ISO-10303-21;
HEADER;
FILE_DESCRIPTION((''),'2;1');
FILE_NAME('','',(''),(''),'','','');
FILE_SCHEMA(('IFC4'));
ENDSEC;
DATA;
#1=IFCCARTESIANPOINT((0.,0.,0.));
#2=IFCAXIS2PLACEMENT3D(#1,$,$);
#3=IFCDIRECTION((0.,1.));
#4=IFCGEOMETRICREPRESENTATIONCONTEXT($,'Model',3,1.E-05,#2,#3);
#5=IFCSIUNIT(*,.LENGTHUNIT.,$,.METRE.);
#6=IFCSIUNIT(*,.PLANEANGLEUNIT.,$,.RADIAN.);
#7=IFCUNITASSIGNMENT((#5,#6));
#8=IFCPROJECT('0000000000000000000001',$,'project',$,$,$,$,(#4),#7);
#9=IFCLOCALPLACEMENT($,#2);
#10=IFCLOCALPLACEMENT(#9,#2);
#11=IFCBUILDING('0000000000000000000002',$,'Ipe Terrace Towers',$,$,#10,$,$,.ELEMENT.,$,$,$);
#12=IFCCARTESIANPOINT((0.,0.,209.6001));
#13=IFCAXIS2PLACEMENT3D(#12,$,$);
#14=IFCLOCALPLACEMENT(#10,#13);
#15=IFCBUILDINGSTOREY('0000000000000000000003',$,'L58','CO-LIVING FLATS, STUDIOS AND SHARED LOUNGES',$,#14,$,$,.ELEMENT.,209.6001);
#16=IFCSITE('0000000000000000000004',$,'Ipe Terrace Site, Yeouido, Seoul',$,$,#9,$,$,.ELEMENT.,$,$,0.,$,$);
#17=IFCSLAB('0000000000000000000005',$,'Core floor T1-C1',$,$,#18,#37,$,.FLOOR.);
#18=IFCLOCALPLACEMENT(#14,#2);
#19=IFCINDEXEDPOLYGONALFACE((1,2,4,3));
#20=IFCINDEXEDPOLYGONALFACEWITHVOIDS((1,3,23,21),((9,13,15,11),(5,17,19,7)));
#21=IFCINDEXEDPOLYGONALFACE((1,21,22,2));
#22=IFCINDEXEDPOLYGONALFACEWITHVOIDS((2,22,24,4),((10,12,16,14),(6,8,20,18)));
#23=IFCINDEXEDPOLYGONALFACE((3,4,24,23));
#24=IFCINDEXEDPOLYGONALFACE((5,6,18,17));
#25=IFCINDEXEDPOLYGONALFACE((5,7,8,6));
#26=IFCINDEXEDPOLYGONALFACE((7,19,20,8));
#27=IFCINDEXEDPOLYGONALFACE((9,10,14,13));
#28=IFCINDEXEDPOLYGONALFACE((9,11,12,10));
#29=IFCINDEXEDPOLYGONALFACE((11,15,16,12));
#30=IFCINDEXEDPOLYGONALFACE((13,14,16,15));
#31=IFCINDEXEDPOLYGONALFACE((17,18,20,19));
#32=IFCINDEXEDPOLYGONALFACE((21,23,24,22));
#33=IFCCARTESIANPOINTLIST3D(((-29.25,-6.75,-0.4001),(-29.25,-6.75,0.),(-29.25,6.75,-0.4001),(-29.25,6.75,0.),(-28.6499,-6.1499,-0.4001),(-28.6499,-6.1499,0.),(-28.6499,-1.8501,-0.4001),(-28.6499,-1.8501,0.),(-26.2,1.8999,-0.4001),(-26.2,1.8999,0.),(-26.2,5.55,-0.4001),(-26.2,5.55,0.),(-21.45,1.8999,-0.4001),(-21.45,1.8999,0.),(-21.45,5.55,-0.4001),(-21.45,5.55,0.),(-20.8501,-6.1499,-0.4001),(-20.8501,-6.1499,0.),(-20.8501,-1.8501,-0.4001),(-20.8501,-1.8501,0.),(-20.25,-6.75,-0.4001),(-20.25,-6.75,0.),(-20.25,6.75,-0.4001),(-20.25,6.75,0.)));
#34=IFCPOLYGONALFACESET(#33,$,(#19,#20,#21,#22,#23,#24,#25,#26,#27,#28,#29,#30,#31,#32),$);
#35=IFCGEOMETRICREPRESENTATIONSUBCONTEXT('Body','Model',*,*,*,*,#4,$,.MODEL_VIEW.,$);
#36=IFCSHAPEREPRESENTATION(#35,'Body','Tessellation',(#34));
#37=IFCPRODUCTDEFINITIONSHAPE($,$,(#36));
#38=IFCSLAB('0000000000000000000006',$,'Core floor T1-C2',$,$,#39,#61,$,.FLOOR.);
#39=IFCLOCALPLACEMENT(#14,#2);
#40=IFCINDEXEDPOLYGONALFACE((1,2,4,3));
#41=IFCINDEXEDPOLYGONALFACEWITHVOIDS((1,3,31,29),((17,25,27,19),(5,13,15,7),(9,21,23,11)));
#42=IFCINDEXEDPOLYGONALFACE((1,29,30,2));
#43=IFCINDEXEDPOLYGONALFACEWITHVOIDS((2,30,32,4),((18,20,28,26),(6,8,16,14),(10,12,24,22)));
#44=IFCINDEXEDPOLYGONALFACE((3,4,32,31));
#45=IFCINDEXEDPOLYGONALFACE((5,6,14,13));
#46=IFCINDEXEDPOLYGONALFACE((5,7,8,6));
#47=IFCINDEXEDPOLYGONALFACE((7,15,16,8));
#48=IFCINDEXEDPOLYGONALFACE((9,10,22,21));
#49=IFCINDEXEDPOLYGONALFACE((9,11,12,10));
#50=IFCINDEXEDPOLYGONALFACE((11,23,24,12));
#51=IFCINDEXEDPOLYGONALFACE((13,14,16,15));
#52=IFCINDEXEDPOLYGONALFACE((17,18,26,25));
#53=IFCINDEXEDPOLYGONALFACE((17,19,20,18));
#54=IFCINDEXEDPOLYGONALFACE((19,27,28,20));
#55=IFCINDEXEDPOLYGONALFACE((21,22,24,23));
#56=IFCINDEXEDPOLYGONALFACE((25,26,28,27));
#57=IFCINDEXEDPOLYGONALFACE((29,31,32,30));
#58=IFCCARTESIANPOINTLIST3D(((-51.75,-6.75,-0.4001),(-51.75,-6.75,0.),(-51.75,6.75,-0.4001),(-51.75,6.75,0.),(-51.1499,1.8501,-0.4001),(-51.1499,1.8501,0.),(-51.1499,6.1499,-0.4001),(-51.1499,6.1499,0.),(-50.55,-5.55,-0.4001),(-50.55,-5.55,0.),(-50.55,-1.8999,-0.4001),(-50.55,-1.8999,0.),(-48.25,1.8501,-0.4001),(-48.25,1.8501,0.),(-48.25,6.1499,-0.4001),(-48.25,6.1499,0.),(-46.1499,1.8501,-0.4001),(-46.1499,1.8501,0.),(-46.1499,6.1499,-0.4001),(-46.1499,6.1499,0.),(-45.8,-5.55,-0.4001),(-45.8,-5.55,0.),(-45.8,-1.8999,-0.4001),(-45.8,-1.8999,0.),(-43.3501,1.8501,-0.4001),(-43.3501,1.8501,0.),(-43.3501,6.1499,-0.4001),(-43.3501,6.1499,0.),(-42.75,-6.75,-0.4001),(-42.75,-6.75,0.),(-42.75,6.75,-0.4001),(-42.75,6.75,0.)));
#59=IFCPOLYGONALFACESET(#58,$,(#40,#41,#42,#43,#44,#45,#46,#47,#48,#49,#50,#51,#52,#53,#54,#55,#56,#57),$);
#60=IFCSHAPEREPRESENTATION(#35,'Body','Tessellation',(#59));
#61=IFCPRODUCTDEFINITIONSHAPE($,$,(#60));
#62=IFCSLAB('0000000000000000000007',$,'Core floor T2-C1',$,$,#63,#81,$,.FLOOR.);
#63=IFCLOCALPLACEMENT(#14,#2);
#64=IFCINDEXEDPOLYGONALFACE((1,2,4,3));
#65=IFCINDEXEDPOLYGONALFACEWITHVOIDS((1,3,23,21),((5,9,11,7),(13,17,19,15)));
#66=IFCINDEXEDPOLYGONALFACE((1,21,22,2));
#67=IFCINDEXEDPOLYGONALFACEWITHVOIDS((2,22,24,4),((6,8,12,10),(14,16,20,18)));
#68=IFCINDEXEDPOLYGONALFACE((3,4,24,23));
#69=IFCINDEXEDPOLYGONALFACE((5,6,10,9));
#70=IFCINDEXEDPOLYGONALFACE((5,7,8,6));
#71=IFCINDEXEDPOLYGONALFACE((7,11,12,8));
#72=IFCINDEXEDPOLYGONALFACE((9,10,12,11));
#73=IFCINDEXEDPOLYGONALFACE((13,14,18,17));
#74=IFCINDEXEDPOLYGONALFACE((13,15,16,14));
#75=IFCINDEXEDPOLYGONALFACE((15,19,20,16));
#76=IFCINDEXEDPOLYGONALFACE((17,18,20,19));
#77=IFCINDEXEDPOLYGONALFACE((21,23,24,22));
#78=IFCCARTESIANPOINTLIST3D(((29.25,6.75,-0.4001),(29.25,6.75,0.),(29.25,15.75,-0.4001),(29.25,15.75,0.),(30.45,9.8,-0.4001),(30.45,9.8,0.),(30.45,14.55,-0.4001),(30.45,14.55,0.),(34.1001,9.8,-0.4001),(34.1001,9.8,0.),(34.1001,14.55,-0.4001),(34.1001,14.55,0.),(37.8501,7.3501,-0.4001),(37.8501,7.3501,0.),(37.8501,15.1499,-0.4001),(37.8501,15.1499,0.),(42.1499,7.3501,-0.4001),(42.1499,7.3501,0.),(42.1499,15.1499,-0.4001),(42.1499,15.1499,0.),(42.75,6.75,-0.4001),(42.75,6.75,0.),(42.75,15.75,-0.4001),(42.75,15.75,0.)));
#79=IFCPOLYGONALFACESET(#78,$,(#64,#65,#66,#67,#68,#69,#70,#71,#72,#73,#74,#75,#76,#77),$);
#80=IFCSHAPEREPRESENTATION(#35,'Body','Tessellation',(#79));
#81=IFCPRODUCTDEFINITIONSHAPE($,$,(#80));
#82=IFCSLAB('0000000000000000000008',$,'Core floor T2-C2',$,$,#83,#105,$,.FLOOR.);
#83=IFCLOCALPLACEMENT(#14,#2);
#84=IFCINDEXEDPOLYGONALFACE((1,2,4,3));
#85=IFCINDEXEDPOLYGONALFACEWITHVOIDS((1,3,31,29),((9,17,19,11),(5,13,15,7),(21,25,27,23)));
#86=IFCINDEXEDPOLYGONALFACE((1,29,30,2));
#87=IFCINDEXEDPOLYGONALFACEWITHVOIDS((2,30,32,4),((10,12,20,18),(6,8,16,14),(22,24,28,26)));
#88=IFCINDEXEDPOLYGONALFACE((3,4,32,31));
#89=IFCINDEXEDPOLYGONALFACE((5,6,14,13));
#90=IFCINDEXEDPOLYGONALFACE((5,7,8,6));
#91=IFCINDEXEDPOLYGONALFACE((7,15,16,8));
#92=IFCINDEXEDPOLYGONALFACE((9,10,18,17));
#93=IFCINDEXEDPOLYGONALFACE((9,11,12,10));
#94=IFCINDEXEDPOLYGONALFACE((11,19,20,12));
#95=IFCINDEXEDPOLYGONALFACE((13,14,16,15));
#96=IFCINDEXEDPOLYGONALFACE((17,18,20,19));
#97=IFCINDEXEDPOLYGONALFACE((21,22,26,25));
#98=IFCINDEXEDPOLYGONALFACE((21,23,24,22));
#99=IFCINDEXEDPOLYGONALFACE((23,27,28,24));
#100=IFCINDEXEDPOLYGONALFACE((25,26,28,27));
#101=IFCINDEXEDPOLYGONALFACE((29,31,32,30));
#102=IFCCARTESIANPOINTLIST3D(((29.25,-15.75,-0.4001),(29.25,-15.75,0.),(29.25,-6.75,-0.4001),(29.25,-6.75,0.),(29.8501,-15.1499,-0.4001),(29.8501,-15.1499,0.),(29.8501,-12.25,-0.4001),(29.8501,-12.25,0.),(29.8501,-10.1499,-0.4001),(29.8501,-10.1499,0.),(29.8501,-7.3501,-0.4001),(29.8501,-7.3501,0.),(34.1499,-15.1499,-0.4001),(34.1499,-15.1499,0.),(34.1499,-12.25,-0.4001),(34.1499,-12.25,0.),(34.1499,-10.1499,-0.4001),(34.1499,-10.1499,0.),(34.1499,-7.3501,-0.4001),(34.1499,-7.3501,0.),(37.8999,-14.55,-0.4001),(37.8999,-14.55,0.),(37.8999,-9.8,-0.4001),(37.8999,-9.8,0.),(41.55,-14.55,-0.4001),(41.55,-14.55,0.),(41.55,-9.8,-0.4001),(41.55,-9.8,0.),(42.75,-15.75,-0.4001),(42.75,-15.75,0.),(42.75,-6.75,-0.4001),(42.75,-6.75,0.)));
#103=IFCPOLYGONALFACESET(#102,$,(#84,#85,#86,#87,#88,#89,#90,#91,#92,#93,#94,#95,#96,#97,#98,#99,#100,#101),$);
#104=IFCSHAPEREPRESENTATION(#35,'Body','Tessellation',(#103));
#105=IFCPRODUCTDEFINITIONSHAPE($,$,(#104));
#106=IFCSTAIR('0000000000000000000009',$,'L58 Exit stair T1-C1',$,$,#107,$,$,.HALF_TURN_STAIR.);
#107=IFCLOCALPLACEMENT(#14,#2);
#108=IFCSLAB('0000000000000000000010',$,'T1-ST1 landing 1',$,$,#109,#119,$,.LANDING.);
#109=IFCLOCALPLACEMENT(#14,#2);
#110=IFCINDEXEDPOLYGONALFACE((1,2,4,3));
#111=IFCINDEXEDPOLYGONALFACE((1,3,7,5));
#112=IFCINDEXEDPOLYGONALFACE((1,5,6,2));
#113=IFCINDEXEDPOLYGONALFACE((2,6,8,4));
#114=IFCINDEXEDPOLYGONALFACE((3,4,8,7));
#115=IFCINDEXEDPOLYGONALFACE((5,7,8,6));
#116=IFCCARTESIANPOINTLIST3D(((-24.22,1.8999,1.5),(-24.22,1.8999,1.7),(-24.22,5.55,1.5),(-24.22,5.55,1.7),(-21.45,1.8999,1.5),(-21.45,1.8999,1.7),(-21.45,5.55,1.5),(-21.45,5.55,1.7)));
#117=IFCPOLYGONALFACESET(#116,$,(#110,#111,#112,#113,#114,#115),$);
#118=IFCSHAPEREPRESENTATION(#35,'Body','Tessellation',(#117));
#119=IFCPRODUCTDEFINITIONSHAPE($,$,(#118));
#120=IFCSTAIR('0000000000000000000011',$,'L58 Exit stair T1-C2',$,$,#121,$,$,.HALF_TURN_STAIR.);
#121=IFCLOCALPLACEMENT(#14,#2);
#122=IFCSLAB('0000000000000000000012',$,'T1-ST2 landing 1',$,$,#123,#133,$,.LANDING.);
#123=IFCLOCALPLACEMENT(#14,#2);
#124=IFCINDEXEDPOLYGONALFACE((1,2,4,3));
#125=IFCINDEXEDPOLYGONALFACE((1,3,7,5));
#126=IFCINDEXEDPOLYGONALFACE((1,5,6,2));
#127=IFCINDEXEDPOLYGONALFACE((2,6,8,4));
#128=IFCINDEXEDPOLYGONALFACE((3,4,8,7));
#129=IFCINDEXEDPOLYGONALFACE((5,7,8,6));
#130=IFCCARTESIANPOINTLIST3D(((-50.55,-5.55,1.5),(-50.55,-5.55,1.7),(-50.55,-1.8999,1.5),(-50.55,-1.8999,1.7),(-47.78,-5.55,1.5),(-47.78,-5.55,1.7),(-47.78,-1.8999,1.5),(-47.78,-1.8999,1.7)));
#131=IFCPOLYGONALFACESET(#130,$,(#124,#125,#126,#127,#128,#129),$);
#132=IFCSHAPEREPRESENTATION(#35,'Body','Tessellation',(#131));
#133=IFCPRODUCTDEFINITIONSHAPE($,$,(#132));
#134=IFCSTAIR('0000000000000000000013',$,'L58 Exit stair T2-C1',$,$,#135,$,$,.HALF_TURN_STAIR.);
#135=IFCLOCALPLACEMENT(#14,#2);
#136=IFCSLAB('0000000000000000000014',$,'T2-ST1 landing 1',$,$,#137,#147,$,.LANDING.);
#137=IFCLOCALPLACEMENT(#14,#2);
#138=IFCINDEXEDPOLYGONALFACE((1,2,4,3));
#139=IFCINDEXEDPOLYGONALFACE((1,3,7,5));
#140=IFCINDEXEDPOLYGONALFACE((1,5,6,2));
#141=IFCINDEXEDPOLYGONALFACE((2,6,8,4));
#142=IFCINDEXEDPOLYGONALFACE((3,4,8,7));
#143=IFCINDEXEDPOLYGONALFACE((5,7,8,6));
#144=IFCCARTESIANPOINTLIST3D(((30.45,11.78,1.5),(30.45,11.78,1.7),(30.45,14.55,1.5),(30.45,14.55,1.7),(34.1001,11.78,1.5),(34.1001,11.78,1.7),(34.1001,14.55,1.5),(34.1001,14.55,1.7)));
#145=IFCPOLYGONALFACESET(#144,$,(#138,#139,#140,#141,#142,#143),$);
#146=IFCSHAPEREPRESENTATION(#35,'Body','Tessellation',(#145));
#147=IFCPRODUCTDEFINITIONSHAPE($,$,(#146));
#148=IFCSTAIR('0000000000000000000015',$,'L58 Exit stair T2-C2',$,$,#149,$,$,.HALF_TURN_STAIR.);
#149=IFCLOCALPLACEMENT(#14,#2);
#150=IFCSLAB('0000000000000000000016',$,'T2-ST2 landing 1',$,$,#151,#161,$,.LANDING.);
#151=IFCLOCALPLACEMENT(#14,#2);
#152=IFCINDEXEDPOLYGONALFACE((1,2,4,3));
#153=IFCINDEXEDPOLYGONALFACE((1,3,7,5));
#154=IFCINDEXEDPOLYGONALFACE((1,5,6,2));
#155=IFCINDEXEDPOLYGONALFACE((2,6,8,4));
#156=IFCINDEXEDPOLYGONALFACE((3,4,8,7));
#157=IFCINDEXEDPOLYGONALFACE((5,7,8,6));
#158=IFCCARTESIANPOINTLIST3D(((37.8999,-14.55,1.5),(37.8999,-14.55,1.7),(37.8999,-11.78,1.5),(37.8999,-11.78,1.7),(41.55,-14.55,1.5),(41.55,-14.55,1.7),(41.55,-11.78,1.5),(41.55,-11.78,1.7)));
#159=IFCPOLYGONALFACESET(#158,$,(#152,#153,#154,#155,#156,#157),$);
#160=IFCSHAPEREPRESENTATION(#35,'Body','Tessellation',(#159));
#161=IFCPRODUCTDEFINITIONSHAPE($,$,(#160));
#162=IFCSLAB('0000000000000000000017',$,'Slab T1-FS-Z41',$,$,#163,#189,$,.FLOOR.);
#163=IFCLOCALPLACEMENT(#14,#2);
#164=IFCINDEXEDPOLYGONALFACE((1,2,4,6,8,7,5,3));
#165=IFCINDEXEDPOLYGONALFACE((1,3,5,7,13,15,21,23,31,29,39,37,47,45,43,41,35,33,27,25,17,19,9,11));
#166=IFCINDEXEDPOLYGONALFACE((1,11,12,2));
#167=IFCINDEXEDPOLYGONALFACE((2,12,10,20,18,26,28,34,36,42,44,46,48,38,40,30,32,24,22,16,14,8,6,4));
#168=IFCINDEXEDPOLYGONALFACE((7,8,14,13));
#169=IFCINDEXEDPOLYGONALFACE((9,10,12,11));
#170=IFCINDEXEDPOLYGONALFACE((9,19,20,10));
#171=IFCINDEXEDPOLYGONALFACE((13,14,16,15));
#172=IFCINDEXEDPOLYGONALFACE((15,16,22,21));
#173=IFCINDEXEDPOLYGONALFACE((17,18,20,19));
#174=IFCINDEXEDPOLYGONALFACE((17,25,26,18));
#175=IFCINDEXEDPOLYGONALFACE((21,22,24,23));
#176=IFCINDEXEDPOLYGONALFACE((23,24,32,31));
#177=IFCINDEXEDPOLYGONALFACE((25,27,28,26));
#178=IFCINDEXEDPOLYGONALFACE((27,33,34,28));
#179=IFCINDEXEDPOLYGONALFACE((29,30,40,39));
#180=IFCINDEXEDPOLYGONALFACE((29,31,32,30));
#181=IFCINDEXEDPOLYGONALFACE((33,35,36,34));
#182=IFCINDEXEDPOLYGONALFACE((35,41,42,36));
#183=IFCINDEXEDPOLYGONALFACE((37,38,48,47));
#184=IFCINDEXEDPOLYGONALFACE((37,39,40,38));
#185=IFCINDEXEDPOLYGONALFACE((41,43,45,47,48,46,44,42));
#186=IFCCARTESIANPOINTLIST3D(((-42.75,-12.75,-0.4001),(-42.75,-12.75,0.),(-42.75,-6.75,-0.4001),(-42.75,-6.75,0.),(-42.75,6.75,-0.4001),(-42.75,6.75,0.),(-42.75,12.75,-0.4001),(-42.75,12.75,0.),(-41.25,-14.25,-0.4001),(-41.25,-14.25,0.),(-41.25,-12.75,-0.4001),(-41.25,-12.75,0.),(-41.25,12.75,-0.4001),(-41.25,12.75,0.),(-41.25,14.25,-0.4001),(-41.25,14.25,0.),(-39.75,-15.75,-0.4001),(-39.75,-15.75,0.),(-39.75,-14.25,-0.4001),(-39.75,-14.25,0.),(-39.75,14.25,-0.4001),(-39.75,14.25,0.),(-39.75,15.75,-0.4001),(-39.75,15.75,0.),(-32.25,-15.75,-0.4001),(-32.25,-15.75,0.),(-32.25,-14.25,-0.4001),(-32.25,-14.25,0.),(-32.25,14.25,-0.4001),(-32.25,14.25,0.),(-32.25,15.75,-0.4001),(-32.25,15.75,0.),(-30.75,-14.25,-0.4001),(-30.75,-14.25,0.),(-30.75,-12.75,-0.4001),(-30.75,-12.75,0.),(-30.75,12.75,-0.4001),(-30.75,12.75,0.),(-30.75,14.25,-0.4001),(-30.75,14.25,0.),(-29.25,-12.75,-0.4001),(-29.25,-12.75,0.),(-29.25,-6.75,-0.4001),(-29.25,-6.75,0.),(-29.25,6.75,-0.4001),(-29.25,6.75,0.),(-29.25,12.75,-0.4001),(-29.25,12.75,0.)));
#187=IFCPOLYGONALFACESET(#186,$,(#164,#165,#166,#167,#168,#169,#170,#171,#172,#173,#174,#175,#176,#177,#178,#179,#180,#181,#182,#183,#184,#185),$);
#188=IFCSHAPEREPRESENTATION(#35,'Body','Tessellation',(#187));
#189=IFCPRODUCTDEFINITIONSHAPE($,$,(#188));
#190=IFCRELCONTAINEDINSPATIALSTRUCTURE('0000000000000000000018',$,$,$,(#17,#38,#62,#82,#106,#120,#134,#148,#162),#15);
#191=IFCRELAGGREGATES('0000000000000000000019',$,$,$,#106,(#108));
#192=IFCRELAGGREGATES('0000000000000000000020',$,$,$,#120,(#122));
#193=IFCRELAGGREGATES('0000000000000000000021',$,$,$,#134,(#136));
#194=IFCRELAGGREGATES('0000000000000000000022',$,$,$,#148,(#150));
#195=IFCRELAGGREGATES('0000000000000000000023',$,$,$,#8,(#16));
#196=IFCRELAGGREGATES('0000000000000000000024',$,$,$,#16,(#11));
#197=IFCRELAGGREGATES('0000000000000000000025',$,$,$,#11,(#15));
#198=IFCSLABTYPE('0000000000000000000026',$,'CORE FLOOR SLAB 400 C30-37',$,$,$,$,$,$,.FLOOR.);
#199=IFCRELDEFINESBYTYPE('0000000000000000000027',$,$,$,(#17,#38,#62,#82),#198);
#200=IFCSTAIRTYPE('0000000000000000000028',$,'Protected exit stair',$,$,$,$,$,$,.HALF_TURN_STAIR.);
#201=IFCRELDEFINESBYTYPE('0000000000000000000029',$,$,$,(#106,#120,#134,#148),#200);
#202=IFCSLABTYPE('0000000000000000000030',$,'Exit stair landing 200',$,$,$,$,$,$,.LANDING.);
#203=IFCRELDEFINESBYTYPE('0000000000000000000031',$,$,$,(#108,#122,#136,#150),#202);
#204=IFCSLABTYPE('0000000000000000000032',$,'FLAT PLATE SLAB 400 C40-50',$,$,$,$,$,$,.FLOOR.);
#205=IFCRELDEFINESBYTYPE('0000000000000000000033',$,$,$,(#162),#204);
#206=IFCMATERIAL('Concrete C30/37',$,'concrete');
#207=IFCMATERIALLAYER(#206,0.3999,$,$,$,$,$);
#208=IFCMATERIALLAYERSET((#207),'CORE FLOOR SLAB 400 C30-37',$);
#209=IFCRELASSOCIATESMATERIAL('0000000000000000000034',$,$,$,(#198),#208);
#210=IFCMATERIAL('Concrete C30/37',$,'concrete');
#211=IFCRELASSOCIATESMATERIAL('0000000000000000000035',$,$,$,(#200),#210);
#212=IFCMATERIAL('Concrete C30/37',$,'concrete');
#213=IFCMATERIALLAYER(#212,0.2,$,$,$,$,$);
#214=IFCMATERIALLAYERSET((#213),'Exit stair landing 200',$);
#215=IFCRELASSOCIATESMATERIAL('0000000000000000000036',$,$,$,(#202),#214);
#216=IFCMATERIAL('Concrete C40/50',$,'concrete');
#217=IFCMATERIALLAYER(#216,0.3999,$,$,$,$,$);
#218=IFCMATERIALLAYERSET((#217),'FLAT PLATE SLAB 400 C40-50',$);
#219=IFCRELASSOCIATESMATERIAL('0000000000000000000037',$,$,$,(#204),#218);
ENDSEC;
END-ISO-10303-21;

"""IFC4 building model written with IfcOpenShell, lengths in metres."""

from ifc_helpers import new_model, si_unit, direction, frame, origin, place, context, subcontext, project, spatial, polyline, outline, extrude, material, layer, layer_set, type_object, element, aggregate, save


model = new_model("IFC4")

# Units and contexts
model_context = context("Model", 3, precision=1e-05, world=origin(), true_north=direction((0.0, 1.0)))
body_context = subcontext(model_context, "Body", "Model", "MODEL_VIEW")
ifc_project = project(units=[si_unit("LENGTHUNIT", "METRE"), si_unit("PLANEANGLEUNIT", "RADIAN")], contexts=[model_context])

# Site, building, storey
site_placement = place(None, origin())
site = spatial("IfcSite", under=ifc_project, at=site_placement, Name="Ipe Terrace Site, Yeouido, Seoul", CompositionType="ELEMENT", RefElevation=0.0)
building_placement = place(site_placement, origin())
building = spatial("IfcBuilding", under=site, at=building_placement, Name="Ipe Terrace Towers", CompositionType="ELEMENT")
storey_placement = place(building_placement, frame((0.0, 0.0, 209.6001)))
storey = spatial("IfcBuildingStorey", under=building, at=storey_placement, Name="L58", Description="CO-LIVING FLATS, STUDIOS AND SHARED LOUNGES", CompositionType="ELEMENT", Elevation=209.6001)

# Slabs
ifc_material_1 = material(Name="Concrete C30/37", Category="concrete")
ifc_layer_1 = layer(ifc_material_1, 0.3999)
ifc_layer_set_1 = layer_set([ifc_layer_1], Name="CORE FLOOR SLAB 400 C30-37")
slab_type_1 = type_object("IfcSlabType", Name="CORE FLOOR SLAB 400 C30-37", PredefinedType="FLOOR", material=ifc_layer_set_1)
slab_1_placement = place(storey_placement, frame((0.0, 0.0, -0.4001)))
element("IfcSlab", 1, at=slab_1_placement, inside=storey, type_object=slab_type_1, Name="Core floor T1-C1", PredefinedType="FLOOR", context=body_context, shape_type="SweptSolid", body=[
    extrude(outline(polyline([(-29.25, -6.75), (-29.25, 6.75), (-20.25, 6.75), (-20.25, -6.75), (-29.25, -6.75)]), holes=[polyline([(-28.6499, -6.1499), (-20.8501, -6.1499), (-20.8501, -1.8501), (-28.6499, -1.8501), (-28.6499, -6.1499)]), polyline([(-26.2, 5.55), (-26.2, 1.8999), (-21.45, 1.8999), (-21.45, 5.55), (-26.2, 5.55)])]), origin(), (0.0, 0.0, 1.0), 0.4001),
])
slab_2_placement = place(storey_placement, frame((0.0, 0.0, -0.4001)))
element("IfcSlab", 2, at=slab_2_placement, inside=storey, type_object=slab_type_1, Name="Core floor T1-C2", PredefinedType="FLOOR", context=body_context, shape_type="SweptSolid", body=[
    extrude(outline(polyline([(-51.75, -6.75), (-51.75, 6.75), (-42.75, 6.75), (-42.75, -6.75), (-51.75, -6.75)]), holes=[polyline([(-45.8, -1.8999), (-50.55, -1.8999), (-50.55, -5.55), (-45.8, -5.55), (-45.8, -1.8999)]), polyline([(-48.25, 1.8501), (-48.25, 6.1499), (-51.1499, 6.1499), (-51.1499, 1.8501), (-48.25, 1.8501)]), polyline([(-43.3501, 1.8501), (-43.3501, 6.1499), (-46.1499, 6.1499), (-46.1499, 1.8501), (-43.3501, 1.8501)])]), origin(), (0.0, 0.0, 1.0), 0.4001),
])
slab_3_placement = place(storey_placement, frame((0.0, 0.0, -0.4001)))
element("IfcSlab", 3, at=slab_3_placement, inside=storey, type_object=slab_type_1, Name="Core floor T2-C1", PredefinedType="FLOOR", context=body_context, shape_type="SweptSolid", body=[
    extrude(outline(polyline([(29.25, 6.75), (29.25, 15.75), (42.75, 15.75), (42.75, 6.75), (29.25, 6.75)]), holes=[polyline([(42.1499, 7.3501), (42.1499, 15.1499), (37.8501, 15.1499), (37.8501, 7.3501), (42.1499, 7.3501)]), polyline([(30.45, 9.8), (34.1001, 9.8), (34.1001, 14.55), (30.45, 14.55), (30.45, 9.8)])]), origin(), (0.0, 0.0, 1.0), 0.4001),
])
slab_4_placement = place(storey_placement, frame((0.0, 0.0, -0.4001)))
element("IfcSlab", 4, at=slab_4_placement, inside=storey, type_object=slab_type_1, Name="Core floor T2-C2", PredefinedType="FLOOR", context=body_context, shape_type="SweptSolid", body=[
    extrude(outline(polyline([(29.25, -15.75), (29.25, -6.75), (42.75, -6.75), (42.75, -15.75), (29.25, -15.75)]), holes=[polyline([(29.8501, -12.25), (29.8501, -15.1499), (34.1499, -15.1499), (34.1499, -12.25), (29.8501, -12.25)]), polyline([(41.55, -9.8), (37.8999, -9.8), (37.8999, -14.55), (41.55, -14.55), (41.55, -9.8)]), polyline([(34.1499, -7.3501), (29.8501, -7.3501), (29.8501, -10.1499), (34.1499, -10.1499), (34.1499, -7.3501)])]), origin(), (0.0, 0.0, 1.0), 0.4001),
])

# Stairs, slabs
ifc_material_2 = material(Name="Concrete C30/37", Category="concrete")
stair_type = type_object("IfcStairType", Name="Protected exit stair", PredefinedType="HALF_TURN_STAIR", material=ifc_material_2)
stair_1_placement = place(storey_placement, origin())
stair_1 = element("IfcStair", 5, at=stair_1_placement, inside=storey, type_object=stair_type, Name="L58 Exit stair T1-C1", PredefinedType="HALF_TURN_STAIR")
ifc_material_3 = material(Name="Concrete C30/37", Category="concrete")
ifc_layer_2 = layer(ifc_material_3, 0.2)
ifc_layer_set_2 = layer_set([ifc_layer_2], Name="Exit stair landing 200")
slab_type_2 = type_object("IfcSlabType", Name="Exit stair landing 200", PredefinedType="LANDING", material=ifc_layer_set_2)
slab_5_placement = place(storey_placement, frame((0.0, 0.0, 1.5)))
slab_5 = element("IfcSlab", 6, at=slab_5_placement, type_object=slab_type_2, Name="T1-ST1 landing 1", PredefinedType="LANDING", context=body_context, shape_type="SweptSolid", body=[
    extrude(outline(polyline([(-24.22, 1.8999), (-21.45, 1.8999), (-21.45, 5.55), (-24.22, 5.55), (-24.22, 1.8999)])), origin(), (0.0, 0.0, 1.0), 0.2),
])
aggregate(stair_1, [slab_5])
stair_2_placement = place(storey_placement, origin())
stair_2 = element("IfcStair", 7, at=stair_2_placement, inside=storey, type_object=stair_type, Name="L58 Exit stair T1-C2", PredefinedType="HALF_TURN_STAIR")
slab_6_placement = place(storey_placement, frame((0.0, 0.0, 1.5)))
slab_6 = element("IfcSlab", 8, at=slab_6_placement, type_object=slab_type_2, Name="T1-ST2 landing 1", PredefinedType="LANDING", context=body_context, shape_type="SweptSolid", body=[
    extrude(outline(polyline([(-47.78, -1.8999), (-50.55, -1.8999), (-50.55, -5.55), (-47.78, -5.55), (-47.78, -1.8999)])), origin(), (0.0, 0.0, 1.0), 0.2),
])
aggregate(stair_2, [slab_6])
stair_3_placement = place(storey_placement, origin())
stair_3 = element("IfcStair", 9, at=stair_3_placement, inside=storey, type_object=stair_type, Name="L58 Exit stair T2-C1", PredefinedType="HALF_TURN_STAIR")
slab_7_placement = place(storey_placement, frame((0.0, 0.0, 1.5)))
slab_7 = element("IfcSlab", 10, at=slab_7_placement, type_object=slab_type_2, Name="T2-ST1 landing 1", PredefinedType="LANDING", context=body_context, shape_type="SweptSolid", body=[
    extrude(outline(polyline([(34.1001, 11.78), (34.1001, 14.55), (30.45, 14.55), (30.45, 11.78), (34.1001, 11.78)])), origin(), (0.0, 0.0, 1.0), 0.2),
])
aggregate(stair_3, [slab_7])
stair_4_placement = place(storey_placement, origin())
stair_4 = element("IfcStair", 11, at=stair_4_placement, inside=storey, type_object=stair_type, Name="L58 Exit stair T2-C2", PredefinedType="HALF_TURN_STAIR")
slab_8_placement = place(storey_placement, frame((0.0, 0.0, 1.5)))
slab_8 = element("IfcSlab", 12, at=slab_8_placement, type_object=slab_type_2, Name="T2-ST2 landing 1", PredefinedType="LANDING", context=body_context, shape_type="SweptSolid", body=[
    extrude(outline(polyline([(37.8999, -11.78), (37.8999, -14.55), (41.55, -14.55), (41.55, -11.78), (37.8999, -11.78)])), origin(), (0.0, 0.0, 1.0), 0.2),
])
aggregate(stair_4, [slab_8])

# Slab
ifc_material_4 = material(Name="Concrete C40/50", Category="concrete")
ifc_layer_3 = layer(ifc_material_4, 0.3999)
ifc_layer_set_3 = layer_set([ifc_layer_3], Name="FLAT PLATE SLAB 400 C40-50")
slab_type_3 = type_object("IfcSlabType", Name="FLAT PLATE SLAB 400 C40-50", PredefinedType="FLOOR", material=ifc_layer_set_3)
slab_9_placement = place(storey_placement, frame((0.0, 0.0, -0.4001)))
element("IfcSlab", 13, at=slab_9_placement, inside=storey, type_object=slab_type_3, Name="Slab T1-FS-Z41", PredefinedType="FLOOR", context=body_context, shape_type="SweptSolid", body=[
    extrude(outline(polyline([(-30.75, -12.75), (-30.75, -14.25), (-32.25, -14.25), (-32.25, -15.75), (-39.75, -15.75), (-39.75, -14.25), (-41.25, -14.25), (-41.25, -12.75), (-42.75, -12.75), (-42.75, -6.75), (-42.75, 6.75), (-42.75, 12.75), (-41.25, 12.75), (-41.25, 14.25), (-39.75, 14.25), (-39.75, 15.75), (-32.25, 15.75), (-32.25, 14.25), (-30.75, 14.25), (-30.75, 12.75), (-29.25, 12.75), (-29.25, 6.75), (-29.25, -6.75), (-29.25, -12.75), (-30.75, -12.75)])), origin(), (0.0, 0.0, 1.0), 0.4001),
])

save(model, "model.ifc")
